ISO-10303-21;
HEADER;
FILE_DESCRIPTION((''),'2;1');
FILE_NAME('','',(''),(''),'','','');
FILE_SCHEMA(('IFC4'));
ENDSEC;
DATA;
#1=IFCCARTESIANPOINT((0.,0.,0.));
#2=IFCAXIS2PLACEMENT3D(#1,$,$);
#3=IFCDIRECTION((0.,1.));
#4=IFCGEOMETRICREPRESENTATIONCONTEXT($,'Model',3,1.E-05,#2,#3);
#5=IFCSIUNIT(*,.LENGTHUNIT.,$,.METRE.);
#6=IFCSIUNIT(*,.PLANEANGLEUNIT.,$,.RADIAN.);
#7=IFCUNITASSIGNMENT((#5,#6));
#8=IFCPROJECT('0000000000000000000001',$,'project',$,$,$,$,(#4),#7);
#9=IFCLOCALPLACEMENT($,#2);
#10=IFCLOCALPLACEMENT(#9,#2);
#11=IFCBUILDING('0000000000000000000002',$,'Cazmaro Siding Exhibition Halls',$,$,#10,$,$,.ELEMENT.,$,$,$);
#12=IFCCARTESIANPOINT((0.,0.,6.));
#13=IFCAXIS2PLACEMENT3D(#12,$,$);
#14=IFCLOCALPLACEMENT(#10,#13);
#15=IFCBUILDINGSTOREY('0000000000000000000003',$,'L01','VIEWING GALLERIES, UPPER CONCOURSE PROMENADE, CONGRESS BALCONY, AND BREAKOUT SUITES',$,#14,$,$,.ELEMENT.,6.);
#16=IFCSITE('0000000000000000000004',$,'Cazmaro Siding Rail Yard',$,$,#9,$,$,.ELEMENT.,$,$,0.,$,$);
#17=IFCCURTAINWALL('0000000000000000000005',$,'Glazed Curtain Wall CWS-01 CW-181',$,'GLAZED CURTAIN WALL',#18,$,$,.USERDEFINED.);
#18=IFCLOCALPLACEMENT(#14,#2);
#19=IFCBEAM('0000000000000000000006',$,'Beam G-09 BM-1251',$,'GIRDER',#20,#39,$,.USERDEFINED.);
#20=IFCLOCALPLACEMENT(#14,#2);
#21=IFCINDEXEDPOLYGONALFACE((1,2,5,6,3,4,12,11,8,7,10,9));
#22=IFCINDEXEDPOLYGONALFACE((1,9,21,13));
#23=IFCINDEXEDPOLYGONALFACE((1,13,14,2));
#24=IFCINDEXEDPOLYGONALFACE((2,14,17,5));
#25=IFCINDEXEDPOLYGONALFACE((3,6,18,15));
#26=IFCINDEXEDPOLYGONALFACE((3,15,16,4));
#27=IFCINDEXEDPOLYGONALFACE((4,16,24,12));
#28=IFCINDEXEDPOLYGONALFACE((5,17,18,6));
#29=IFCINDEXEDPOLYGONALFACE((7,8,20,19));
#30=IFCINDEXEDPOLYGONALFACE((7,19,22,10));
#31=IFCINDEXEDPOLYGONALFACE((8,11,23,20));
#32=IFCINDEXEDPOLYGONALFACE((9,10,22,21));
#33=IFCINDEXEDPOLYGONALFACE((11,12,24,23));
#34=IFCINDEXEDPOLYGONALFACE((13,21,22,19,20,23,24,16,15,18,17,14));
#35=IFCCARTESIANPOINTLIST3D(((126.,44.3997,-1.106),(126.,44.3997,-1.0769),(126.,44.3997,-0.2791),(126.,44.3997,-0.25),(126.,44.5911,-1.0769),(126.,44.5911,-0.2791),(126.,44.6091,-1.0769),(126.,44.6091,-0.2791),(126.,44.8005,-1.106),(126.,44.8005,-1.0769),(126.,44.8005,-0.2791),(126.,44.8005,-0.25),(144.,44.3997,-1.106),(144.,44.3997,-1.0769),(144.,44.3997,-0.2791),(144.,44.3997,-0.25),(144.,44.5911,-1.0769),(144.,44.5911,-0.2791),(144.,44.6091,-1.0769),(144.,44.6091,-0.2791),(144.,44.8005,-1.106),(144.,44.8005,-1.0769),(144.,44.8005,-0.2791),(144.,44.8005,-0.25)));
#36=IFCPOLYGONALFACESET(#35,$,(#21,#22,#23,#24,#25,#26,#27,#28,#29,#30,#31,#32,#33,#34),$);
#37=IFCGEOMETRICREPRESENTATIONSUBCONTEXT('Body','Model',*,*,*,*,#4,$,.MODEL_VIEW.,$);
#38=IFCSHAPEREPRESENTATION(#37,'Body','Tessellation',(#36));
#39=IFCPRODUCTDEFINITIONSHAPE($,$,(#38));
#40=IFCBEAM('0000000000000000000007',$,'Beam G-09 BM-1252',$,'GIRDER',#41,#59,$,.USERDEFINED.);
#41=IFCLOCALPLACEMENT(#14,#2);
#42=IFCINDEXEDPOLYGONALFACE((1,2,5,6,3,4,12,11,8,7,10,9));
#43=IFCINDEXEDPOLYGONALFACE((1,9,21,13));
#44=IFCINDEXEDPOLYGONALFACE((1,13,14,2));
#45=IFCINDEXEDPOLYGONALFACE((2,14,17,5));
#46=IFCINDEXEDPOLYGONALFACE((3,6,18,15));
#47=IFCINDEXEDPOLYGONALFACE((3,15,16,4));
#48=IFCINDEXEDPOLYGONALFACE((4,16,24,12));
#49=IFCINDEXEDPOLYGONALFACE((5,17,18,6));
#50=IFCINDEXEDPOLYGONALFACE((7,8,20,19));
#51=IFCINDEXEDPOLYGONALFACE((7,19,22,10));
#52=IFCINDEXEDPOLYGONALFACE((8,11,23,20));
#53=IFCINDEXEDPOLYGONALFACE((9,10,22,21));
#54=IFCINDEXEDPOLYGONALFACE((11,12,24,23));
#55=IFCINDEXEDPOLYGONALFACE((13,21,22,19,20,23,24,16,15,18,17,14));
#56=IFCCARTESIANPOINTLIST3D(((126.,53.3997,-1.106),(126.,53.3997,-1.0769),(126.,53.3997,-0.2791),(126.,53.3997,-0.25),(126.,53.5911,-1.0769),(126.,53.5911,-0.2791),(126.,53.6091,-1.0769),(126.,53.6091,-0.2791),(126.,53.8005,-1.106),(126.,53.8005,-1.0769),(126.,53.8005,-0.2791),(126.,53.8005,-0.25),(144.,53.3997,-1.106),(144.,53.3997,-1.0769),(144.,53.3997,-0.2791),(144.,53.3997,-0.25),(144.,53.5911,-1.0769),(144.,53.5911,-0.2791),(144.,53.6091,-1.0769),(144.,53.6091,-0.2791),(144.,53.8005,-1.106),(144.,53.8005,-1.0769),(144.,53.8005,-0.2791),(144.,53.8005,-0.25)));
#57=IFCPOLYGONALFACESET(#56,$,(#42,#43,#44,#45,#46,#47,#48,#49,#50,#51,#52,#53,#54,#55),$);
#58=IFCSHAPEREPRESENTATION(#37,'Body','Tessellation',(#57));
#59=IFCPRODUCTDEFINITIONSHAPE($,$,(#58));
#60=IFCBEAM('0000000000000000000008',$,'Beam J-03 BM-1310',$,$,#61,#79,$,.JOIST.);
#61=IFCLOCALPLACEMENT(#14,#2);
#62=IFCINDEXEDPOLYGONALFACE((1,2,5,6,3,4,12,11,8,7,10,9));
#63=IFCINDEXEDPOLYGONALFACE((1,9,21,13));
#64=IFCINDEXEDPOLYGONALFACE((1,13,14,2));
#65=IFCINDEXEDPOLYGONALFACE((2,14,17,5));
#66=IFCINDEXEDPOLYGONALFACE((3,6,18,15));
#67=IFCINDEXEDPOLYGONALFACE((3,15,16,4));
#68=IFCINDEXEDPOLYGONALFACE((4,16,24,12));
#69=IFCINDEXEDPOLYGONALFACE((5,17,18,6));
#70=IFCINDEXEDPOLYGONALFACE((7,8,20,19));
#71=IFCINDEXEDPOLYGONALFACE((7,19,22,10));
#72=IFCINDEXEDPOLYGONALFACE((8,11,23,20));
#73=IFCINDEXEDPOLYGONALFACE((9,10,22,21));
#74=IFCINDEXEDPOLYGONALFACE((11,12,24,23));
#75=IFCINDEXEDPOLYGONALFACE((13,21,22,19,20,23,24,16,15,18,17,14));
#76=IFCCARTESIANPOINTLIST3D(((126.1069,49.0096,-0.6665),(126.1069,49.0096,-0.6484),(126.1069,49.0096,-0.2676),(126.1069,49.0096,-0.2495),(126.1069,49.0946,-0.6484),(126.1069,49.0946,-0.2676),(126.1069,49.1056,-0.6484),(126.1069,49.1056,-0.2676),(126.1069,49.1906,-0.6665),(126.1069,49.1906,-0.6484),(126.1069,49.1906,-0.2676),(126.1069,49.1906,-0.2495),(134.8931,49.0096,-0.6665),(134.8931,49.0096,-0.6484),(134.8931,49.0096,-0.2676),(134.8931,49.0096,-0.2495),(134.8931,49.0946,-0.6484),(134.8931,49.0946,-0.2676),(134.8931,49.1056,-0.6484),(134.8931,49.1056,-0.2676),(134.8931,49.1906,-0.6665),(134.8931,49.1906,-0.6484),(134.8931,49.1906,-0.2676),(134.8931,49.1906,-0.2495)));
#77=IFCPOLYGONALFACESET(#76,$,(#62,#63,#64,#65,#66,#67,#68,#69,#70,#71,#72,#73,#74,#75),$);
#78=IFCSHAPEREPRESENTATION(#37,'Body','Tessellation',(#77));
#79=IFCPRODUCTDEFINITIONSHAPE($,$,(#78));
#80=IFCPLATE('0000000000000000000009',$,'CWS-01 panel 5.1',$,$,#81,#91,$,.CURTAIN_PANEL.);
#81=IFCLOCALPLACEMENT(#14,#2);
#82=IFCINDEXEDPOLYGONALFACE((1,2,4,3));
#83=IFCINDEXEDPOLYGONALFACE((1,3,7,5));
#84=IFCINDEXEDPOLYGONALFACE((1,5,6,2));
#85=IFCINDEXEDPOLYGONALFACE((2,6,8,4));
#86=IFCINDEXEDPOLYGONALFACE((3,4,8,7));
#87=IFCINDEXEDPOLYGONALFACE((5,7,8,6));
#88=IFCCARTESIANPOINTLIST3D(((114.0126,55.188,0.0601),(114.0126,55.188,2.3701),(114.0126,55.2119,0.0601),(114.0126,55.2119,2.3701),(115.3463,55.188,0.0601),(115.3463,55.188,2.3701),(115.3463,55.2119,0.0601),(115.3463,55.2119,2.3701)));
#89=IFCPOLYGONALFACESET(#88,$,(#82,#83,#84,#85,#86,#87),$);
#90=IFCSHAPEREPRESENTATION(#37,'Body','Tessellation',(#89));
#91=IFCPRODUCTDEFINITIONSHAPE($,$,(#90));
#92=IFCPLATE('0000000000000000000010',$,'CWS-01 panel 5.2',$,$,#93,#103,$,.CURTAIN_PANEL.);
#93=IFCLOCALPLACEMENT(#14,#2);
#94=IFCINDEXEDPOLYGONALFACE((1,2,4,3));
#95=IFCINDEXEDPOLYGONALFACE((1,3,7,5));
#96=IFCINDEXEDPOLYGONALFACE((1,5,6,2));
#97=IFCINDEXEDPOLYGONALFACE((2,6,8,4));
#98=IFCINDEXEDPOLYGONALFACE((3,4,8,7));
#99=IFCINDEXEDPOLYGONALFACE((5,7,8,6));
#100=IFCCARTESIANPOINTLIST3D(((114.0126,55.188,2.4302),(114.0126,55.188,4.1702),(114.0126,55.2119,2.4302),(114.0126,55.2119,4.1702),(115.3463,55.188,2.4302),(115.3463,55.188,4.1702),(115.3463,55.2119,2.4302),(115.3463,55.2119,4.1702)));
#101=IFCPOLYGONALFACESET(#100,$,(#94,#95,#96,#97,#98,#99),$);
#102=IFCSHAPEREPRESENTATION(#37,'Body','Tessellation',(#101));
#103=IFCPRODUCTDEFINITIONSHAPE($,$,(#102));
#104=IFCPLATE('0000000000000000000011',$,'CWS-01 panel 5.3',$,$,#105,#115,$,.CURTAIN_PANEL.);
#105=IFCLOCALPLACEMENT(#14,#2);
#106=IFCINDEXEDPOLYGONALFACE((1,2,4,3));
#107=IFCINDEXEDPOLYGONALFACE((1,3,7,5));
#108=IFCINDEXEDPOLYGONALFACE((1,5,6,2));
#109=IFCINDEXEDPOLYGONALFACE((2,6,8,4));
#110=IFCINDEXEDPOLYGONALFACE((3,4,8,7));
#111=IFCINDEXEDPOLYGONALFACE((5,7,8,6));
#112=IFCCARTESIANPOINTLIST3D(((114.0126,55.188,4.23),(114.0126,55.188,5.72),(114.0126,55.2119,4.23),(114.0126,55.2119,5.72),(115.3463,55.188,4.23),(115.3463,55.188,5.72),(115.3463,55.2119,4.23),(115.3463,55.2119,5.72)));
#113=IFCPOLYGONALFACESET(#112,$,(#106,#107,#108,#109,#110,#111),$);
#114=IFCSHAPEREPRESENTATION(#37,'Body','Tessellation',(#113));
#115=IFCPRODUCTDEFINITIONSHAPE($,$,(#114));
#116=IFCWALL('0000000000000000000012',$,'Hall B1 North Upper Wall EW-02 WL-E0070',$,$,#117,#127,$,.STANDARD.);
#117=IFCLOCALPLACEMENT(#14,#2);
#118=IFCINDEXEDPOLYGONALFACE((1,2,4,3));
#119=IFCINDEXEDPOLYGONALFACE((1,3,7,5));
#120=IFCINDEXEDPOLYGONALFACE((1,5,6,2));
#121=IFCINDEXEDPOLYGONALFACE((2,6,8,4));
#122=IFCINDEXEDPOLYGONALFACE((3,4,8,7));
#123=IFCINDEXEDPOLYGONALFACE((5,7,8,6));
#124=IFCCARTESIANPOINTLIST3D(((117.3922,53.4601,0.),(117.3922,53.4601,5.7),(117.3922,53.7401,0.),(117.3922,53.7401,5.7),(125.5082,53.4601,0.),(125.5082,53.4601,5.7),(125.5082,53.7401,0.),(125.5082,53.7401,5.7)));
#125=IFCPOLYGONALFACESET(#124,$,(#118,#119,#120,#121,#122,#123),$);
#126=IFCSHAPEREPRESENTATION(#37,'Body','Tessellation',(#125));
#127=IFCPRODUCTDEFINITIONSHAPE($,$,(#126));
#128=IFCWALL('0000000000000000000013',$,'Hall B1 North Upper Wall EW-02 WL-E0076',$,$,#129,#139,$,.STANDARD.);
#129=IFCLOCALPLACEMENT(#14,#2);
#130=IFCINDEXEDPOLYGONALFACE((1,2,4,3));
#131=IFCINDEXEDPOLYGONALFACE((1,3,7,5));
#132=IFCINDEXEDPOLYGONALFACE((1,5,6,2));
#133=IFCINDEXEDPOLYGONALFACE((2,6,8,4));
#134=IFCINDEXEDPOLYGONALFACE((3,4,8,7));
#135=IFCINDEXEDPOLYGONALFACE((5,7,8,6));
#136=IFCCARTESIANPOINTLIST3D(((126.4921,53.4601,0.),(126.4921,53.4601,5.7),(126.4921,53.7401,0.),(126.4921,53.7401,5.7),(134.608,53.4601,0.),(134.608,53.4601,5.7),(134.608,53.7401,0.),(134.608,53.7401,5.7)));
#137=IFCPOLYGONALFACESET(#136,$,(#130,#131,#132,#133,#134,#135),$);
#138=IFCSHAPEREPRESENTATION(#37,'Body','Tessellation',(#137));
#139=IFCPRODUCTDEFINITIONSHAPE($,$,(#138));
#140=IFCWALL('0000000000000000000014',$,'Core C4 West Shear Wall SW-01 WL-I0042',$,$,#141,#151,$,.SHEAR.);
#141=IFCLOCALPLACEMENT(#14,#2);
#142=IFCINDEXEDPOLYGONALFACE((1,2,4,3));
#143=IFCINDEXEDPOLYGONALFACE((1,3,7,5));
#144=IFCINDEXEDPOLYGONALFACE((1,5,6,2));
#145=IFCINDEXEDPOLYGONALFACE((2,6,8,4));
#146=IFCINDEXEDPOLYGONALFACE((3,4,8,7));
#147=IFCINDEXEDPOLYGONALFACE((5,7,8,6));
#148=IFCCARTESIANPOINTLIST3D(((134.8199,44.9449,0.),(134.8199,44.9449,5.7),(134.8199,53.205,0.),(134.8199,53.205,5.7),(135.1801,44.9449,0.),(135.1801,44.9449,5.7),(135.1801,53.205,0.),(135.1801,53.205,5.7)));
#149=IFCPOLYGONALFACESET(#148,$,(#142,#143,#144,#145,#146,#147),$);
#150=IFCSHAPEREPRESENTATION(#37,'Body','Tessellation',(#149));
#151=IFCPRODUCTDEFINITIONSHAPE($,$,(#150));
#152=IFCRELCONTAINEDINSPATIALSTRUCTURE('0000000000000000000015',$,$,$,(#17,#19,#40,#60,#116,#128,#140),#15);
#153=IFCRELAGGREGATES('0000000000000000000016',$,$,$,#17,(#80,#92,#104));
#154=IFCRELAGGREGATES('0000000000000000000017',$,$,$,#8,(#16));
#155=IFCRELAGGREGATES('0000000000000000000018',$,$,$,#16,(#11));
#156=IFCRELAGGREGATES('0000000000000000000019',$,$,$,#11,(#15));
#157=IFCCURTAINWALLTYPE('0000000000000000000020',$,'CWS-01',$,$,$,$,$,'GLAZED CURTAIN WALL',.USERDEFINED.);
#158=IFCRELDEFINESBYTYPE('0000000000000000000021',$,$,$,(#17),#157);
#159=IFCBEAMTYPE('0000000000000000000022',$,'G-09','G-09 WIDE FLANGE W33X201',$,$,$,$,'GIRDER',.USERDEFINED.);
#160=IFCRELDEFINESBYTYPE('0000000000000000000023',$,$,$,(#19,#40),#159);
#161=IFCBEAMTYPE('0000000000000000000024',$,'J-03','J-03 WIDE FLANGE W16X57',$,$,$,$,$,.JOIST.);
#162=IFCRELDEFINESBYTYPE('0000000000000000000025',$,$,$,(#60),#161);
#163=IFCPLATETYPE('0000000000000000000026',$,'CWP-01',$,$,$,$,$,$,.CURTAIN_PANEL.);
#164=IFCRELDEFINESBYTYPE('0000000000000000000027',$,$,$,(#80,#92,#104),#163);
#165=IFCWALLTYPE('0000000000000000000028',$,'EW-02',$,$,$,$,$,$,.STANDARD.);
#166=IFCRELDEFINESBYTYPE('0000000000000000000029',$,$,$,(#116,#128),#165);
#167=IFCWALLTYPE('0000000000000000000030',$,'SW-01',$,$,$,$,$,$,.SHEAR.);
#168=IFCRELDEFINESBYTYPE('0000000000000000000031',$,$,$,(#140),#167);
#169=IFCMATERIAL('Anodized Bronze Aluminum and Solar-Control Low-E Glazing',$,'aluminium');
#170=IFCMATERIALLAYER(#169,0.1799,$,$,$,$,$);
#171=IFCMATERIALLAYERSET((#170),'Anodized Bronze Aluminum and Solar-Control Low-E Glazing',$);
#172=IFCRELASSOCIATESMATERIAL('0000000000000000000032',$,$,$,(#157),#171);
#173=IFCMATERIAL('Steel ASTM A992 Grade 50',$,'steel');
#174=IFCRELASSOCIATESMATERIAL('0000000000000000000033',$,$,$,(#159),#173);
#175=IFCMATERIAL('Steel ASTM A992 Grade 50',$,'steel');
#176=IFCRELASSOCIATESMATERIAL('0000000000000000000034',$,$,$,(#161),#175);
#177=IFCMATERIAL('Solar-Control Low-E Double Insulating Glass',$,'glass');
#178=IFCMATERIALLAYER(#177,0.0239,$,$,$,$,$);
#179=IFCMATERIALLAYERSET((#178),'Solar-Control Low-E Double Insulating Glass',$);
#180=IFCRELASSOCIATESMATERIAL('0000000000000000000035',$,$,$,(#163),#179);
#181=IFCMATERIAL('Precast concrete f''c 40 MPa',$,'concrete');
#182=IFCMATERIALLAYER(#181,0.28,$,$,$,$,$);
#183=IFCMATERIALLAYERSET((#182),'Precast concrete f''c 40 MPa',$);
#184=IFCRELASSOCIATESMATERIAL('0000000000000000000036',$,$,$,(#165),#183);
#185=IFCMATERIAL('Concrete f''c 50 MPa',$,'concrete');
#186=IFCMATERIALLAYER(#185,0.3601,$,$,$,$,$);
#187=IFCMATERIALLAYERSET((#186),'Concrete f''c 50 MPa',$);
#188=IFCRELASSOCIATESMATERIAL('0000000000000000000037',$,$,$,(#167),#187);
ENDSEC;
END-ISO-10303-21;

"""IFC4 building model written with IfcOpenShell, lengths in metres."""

from ifc_helpers import new_model, si_unit, direction, frame, frame_2d, origin, origin_2d, place, context, subcontext, project, spatial, rectangle, i_section, extrude, material, layer, layer_set, material_profile, profile_set, type_object, element, aggregate, save


model = new_model("IFC4")

# Units and contexts
model_context = context("Model", 3, precision=1e-05, world=origin(), true_north=direction((0.0, 1.0)))
body_context = subcontext(model_context, "Body", "Model", "MODEL_VIEW")
ifc_project = project(units=[si_unit("LENGTHUNIT", "METRE"), si_unit("PLANEANGLEUNIT", "RADIAN")], contexts=[model_context])

# Site, building, storey
site_placement = place(None, origin())
site = spatial("IfcSite", under=ifc_project, at=site_placement, Name="Cazmaro Siding Rail Yard", CompositionType="ELEMENT", RefElevation=0.0)
building_placement = place(site_placement, origin())
building = spatial("IfcBuilding", under=site, at=building_placement, Name="Cazmaro Siding Exhibition Halls", CompositionType="ELEMENT")
storey_placement = place(building_placement, frame((0.0, 0.0, 6.0)))
storey = spatial("IfcBuildingStorey", under=building, at=storey_placement, Name="L01", Description="VIEWING GALLERIES, UPPER CONCOURSE PROMENADE, CONGRESS BALCONY, AND BREAKOUT SUITES", CompositionType="ELEMENT", Elevation=6.0)

# Curtain wall
ifc_material_1 = material(Name="Anodized Bronze Aluminum and Solar-Control Low-E Glazing", Category="aluminium")
ifc_layer_1 = layer(ifc_material_1, 0.1799)
ifc_layer_set_1 = layer_set([ifc_layer_1], Name="Anodized Bronze Aluminum and Solar-Control Low-E Glazing")
curtain_wall_type = type_object("IfcCurtainWallType", Name="CWS-01", ElementType="GLAZED CURTAIN WALL", PredefinedType="USERDEFINED", material=ifc_layer_set_1)
curtain_wall_placement = place(storey_placement, origin())
curtain_wall = element("IfcCurtainWall", 1, at=curtain_wall_placement, inside=storey, type_object=curtain_wall_type, Name="Glazed Curtain Wall CWS-01 CW-181", ObjectType="GLAZED CURTAIN WALL", PredefinedType="USERDEFINED")

# Beams
ifc_material_2 = material(Name="Steel ASTM A992 Grade 50", Category="steel")
ifc_material_profile_1 = material_profile(ifc_material_2, i_section(OverallWidth=0.4009, OverallDepth=0.856, WebThickness=0.0181, FlangeThickness=0.0291, at=origin_2d()), Name="W33X201")
ifc_profile_set_1 = profile_set([ifc_material_profile_1], Name="Steel ASTM A992 Grade 50")
beam_type_1 = type_object("IfcBeamType", Name="G-09", Description="G-09 WIDE FLANGE W33X201", ElementType="GIRDER", PredefinedType="USERDEFINED", material=ifc_profile_set_1)
for number, where, z_axis, x_axis, name in (
    (2, (126.0, 44.6001, -0.678), (1.0, 0.0, 0.0), (0.0, 1.0, 0.0), "Beam G-09 BM-1251"),
    (3, (126.0, 53.6001, -0.678), (1.0, 0.0, 0.0), (0.0, 1.0, 0.0), "Beam G-09 BM-1252"),
):
    element("IfcBeam", number, at=place(storey_placement, frame(where, z_axis=z_axis, x_axis=x_axis)), inside=storey, type_object=beam_type_1, Name=name, ObjectType="GIRDER", PredefinedType="USERDEFINED", context=body_context, shape_type="SweptSolid", body=[
        extrude(i_section(OverallWidth=0.4009, OverallDepth=0.856, WebThickness=0.0181, FlangeThickness=0.0291, at=origin_2d()), origin(), (0.0, 0.0, 1.0), 18.0),
    ])
ifc_material_3 = material(Name="Steel ASTM A992 Grade 50", Category="steel")
ifc_material_profile_2 = material_profile(ifc_material_3, i_section(OverallWidth=0.1809, OverallDepth=0.417, WebThickness=0.011, FlangeThickness=0.0181, at=origin_2d()), Name="W16X57")
ifc_profile_set_2 = profile_set([ifc_material_profile_2], Name="Steel ASTM A992 Grade 50")
beam_type_2 = type_object("IfcBeamType", Name="J-03", Description="J-03 WIDE FLANGE W16X57", PredefinedType="JOIST", material=ifc_profile_set_2)
beam_placement = place(storey_placement, frame((126.1069, 49.1001, -0.458), z_axis=(1.0, 0.0, 0.0), x_axis=(0.0, 1.0, 0.0)))
element("IfcBeam", 4, at=beam_placement, inside=storey, type_object=beam_type_2, Name="Beam J-03 BM-1310", PredefinedType="JOIST", context=body_context, shape_type="SweptSolid", body=[
    extrude(i_section(OverallWidth=0.1809, OverallDepth=0.417, WebThickness=0.011, FlangeThickness=0.0181, at=origin_2d()), origin(), (0.0, 0.0, 1.0), 8.7861),
])

# Plates
ifc_material_4 = material(Name="Solar-Control Low-E Double Insulating Glass", Category="glass")
ifc_layer_2 = layer(ifc_material_4, 0.0239)
ifc_layer_set_2 = layer_set([ifc_layer_2], Name="Solar-Control Low-E Double Insulating Glass")
plate_type = type_object("IfcPlateType", Name="CWP-01", PredefinedType="CURTAIN_PANEL", material=ifc_layer_set_2)
plate_1_placement = place(storey_placement, frame((114.6794, 55.2, 0.0601), z_axis=(0.0, 0.0, 1.0), x_axis=(1.0, 0.0, 0.0)))
plate_1 = element("IfcPlate", 5, at=plate_1_placement, type_object=plate_type, Name="CWS-01 panel 5.1", PredefinedType="CURTAIN_PANEL", context=body_context, shape_type="SweptSolid", body=[
    extrude(rectangle(XDim=1.3337, YDim=0.0239, at=origin_2d()), origin(), (0.0, 0.0, 1.0), 2.3101),
])
plate_2_placement = place(storey_placement, frame((114.6794, 55.2, 2.4302), z_axis=(0.0, 0.0, 1.0), x_axis=(1.0, 0.0, 0.0)))
plate_2 = element("IfcPlate", 6, at=plate_2_placement, type_object=plate_type, Name="CWS-01 panel 5.2", PredefinedType="CURTAIN_PANEL", context=body_context, shape_type="SweptSolid", body=[
    extrude(rectangle(XDim=1.3337, YDim=0.0239, at=origin_2d()), origin(), (0.0, 0.0, 1.0), 1.74),
])
plate_3_placement = place(storey_placement, frame((114.6794, 55.2, 4.23), z_axis=(0.0, 0.0, 1.0), x_axis=(1.0, 0.0, 0.0)))
plate_3 = element("IfcPlate", 7, at=plate_3_placement, type_object=plate_type, Name="CWS-01 panel 5.3", PredefinedType="CURTAIN_PANEL", context=body_context, shape_type="SweptSolid", body=[
    extrude(rectangle(XDim=1.3337, YDim=0.0239, at=origin_2d()), origin(), (0.0, 0.0, 1.0), 1.49),
])
aggregate(curtain_wall, [plate_1, plate_2, plate_3])

# Walls
ifc_material_5 = material(Name="Precast concrete f'c 40 MPa", Category="concrete")
ifc_layer_3 = layer(ifc_material_5, 0.28)
ifc_layer_set_3 = layer_set([ifc_layer_3], Name="Precast concrete f'c 40 MPa")
wall_type_1 = type_object("IfcWallType", Name="EW-02", PredefinedType="STANDARD", material=ifc_layer_set_3)
for number, where, z_axis, x_axis, name in (
    (8, (117.3921, 53.6001, 0.0), (0.0, 0.0, 1.0), (1.0, 0.0, 0.0), "Hall B1 North Upper Wall EW-02 WL-E0070"),
    (9, (126.4919, 53.6001, 0.0), (0.0, 0.0, 1.0), (1.0, 0.0, 0.0), "Hall B1 North Upper Wall EW-02 WL-E0076"),
):
    element("IfcWall", number, at=place(storey_placement, frame(where, z_axis=z_axis, x_axis=x_axis)), inside=storey, type_object=wall_type_1, Name=name, PredefinedType="STANDARD", context=body_context, shape_type="SweptSolid", body=[
        extrude(rectangle(XDim=8.116, YDim=0.28, at=frame_2d((4.0581, 0.0))), origin(), (0.0, 0.0, 1.0), 5.7),
    ])
ifc_material_6 = material(Name="Concrete f'c 50 MPa", Category="concrete")
ifc_layer_4 = layer(ifc_material_6, 0.3601)
ifc_layer_set_4 = layer_set([ifc_layer_4], Name="Concrete f'c 50 MPa")
wall_type_2 = type_object("IfcWallType", Name="SW-01", PredefinedType="SHEAR", material=ifc_layer_set_4)
wall_placement = place(storey_placement, frame((135.0, 44.9451, 0.0), z_axis=(0.0, 0.0, 1.0), x_axis=(0.0, 1.0, 0.0)))
element("IfcWall", 10, at=wall_placement, inside=storey, type_object=wall_type_2, Name="Core C4 West Shear Wall SW-01 WL-I0042", PredefinedType="SHEAR", context=body_context, shape_type="SweptSolid", body=[
    extrude(rectangle(XDim=8.26, YDim=0.3601, at=frame_2d((4.1299, 0.0))), origin(), (0.0, 0.0, 1.0), 5.7),
])

save(model, "model.ifc")
